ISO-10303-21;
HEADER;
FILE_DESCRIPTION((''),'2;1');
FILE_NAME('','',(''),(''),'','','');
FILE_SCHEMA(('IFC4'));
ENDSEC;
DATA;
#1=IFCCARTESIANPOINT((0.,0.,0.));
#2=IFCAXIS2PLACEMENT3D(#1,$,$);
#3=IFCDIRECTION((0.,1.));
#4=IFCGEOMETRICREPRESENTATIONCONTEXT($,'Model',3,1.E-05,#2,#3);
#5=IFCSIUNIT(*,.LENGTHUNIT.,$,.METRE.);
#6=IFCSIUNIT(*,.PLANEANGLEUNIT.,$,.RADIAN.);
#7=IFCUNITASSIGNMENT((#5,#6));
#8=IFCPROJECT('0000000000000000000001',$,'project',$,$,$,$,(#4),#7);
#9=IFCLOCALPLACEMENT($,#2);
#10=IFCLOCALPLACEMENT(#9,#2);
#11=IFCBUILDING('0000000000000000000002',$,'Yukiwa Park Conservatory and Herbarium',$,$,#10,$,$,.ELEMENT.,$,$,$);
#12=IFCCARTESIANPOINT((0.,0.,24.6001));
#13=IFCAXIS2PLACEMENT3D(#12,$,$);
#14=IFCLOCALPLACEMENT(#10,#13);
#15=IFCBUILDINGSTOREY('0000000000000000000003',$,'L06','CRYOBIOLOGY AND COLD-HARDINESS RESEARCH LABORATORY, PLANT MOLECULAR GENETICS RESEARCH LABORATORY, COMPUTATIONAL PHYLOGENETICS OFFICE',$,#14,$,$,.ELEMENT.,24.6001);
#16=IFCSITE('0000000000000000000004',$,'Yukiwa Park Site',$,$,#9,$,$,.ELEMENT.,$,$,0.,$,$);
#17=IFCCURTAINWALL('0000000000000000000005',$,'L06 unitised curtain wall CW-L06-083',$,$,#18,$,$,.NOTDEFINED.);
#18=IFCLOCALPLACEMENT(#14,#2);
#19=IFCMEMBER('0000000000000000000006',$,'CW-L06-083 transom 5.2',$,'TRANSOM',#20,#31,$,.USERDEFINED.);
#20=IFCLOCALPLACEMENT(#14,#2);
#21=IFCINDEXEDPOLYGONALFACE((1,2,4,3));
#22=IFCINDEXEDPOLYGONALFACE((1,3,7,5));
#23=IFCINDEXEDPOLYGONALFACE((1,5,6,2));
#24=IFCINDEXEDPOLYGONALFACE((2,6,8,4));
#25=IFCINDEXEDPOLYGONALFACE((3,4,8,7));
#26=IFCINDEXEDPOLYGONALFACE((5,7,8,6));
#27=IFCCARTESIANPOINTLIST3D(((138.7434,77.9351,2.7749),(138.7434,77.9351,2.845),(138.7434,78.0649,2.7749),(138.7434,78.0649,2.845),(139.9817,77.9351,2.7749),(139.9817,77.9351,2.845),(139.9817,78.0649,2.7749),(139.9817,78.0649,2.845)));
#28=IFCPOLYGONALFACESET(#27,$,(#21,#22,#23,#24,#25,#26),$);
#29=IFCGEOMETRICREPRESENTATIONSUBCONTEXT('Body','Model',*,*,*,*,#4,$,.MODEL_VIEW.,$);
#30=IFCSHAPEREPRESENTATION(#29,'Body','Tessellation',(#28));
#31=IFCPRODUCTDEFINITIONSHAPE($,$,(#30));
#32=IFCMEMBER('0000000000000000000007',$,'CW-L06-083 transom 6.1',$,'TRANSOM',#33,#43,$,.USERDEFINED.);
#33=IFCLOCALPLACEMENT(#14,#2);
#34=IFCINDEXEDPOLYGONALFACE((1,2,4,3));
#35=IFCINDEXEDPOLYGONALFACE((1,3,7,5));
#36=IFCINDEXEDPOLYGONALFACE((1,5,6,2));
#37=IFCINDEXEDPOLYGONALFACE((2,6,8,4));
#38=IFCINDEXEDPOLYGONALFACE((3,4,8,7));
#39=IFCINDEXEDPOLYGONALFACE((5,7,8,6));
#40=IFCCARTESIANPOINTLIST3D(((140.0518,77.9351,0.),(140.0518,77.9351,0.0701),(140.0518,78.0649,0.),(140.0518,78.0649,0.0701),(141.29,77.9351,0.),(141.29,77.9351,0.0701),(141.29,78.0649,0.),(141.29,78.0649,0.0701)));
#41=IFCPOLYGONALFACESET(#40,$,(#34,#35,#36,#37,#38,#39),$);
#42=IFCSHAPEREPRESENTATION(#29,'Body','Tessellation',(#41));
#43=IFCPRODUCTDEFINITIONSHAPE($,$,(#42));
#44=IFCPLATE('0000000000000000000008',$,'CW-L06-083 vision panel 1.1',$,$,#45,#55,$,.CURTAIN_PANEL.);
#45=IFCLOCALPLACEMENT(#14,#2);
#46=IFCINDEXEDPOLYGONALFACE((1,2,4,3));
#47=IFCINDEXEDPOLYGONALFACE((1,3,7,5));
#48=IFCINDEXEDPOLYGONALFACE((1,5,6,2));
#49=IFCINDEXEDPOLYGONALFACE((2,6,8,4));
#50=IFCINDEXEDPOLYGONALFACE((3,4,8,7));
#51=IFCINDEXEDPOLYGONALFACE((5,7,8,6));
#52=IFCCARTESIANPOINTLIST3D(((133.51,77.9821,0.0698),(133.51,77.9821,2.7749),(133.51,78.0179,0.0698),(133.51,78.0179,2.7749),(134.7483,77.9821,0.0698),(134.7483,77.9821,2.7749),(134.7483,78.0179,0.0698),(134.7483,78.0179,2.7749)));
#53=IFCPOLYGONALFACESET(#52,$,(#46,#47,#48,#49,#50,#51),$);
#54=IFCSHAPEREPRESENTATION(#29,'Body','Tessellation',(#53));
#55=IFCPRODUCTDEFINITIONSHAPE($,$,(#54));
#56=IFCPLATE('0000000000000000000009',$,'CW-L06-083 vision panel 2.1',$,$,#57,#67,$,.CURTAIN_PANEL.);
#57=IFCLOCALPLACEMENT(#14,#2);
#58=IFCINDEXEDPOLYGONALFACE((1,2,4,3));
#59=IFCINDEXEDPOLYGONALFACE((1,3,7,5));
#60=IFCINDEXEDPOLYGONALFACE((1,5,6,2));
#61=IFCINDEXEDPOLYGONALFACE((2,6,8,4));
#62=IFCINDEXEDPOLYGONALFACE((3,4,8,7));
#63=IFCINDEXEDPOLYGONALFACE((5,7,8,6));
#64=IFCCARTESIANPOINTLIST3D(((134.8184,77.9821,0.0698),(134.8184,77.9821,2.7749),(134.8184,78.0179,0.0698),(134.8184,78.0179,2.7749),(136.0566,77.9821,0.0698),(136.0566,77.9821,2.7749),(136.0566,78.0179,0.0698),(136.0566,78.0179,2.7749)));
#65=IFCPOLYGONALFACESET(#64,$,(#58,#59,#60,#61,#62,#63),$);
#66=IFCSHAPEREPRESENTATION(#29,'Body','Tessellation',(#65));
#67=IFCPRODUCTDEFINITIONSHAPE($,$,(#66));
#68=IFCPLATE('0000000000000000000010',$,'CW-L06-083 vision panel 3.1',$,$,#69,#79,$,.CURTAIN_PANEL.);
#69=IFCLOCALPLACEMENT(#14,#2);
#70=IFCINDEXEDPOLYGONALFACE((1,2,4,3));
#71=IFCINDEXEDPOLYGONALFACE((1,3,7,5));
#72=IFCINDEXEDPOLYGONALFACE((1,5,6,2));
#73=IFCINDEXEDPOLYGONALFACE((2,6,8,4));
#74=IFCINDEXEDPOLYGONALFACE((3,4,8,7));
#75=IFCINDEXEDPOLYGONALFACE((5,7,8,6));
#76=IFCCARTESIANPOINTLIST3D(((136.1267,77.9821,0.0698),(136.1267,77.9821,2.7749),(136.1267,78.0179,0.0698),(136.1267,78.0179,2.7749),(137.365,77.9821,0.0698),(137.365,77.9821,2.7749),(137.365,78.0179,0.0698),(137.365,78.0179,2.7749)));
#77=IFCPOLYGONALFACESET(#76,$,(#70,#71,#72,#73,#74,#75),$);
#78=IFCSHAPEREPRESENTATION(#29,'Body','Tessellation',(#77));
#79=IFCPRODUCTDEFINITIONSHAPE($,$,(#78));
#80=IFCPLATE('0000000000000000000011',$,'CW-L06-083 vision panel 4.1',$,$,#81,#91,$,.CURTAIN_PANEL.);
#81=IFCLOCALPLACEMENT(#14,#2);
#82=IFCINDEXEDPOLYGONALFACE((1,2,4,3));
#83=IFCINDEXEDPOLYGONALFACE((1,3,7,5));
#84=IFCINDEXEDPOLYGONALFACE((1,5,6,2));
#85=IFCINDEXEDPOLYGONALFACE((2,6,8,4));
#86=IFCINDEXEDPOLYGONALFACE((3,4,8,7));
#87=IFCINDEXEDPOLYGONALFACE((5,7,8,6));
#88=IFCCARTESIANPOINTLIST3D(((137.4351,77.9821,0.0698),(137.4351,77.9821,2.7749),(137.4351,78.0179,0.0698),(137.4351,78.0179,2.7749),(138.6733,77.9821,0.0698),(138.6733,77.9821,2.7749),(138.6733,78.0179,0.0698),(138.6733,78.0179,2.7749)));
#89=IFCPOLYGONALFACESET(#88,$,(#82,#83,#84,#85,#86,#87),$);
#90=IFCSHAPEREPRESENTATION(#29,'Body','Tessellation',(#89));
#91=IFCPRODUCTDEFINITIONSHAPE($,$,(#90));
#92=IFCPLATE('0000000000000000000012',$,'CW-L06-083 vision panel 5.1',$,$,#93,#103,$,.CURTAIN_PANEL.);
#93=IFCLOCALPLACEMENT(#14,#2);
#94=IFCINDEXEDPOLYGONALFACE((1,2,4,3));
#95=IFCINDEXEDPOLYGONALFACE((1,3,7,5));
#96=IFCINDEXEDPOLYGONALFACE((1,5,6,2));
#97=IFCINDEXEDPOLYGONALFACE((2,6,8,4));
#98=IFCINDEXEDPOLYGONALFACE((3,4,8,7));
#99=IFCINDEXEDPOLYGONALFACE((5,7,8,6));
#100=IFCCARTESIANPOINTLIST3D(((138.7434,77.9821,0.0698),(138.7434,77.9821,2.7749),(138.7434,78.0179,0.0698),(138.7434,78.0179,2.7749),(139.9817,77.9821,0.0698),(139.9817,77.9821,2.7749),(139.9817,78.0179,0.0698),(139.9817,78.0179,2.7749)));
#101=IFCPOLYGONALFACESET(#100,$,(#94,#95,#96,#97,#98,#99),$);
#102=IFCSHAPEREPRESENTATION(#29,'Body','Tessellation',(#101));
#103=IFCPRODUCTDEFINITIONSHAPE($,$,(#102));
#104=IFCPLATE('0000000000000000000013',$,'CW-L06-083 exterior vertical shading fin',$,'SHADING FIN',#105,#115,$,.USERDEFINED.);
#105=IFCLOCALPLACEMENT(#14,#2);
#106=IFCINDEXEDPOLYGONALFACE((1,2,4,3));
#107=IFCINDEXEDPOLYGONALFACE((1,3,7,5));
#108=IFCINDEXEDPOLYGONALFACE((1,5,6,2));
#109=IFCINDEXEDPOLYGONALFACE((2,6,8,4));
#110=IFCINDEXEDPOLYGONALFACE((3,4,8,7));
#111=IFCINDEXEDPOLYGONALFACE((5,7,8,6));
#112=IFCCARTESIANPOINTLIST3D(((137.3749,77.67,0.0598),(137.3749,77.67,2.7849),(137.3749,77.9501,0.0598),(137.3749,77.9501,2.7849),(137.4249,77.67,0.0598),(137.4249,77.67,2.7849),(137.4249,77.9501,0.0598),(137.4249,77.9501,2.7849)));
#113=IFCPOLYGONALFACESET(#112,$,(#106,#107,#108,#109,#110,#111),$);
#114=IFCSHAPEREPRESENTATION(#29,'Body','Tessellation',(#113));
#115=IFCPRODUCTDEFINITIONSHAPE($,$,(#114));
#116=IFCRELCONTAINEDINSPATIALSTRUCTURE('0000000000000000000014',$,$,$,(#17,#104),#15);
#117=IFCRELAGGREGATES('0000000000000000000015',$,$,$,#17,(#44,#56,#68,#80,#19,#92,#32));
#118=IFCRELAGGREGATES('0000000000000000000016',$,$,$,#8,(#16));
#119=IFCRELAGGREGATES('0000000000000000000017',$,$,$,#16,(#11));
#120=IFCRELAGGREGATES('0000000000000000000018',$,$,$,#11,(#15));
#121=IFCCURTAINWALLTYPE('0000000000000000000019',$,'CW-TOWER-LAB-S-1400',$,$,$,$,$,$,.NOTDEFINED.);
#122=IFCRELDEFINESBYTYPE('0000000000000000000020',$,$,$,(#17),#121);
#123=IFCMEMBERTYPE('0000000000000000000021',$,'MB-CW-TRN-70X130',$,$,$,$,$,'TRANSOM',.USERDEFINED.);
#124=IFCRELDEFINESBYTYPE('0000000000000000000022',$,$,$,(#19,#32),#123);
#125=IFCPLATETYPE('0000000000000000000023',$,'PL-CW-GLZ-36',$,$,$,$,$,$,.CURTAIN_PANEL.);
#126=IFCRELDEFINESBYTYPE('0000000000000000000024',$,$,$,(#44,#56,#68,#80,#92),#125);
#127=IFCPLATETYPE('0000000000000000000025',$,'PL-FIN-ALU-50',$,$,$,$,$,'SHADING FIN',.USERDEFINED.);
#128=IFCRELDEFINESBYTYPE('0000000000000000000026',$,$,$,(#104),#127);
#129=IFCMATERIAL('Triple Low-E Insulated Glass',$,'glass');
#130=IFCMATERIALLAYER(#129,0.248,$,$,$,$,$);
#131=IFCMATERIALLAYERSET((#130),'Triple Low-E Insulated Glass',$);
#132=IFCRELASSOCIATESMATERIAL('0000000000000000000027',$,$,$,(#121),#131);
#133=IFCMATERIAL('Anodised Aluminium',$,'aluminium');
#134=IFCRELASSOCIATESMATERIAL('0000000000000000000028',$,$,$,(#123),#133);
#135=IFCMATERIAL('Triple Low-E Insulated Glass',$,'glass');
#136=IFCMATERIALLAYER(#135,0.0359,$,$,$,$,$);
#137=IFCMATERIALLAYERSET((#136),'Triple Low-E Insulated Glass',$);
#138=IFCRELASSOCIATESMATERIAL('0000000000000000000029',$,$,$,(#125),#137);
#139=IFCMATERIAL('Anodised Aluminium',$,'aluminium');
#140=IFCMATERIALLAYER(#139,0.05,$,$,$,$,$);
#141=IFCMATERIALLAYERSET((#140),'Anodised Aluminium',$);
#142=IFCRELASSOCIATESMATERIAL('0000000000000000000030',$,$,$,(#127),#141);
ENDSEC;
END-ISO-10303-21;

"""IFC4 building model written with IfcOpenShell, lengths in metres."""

from ifc_helpers import new_model, si_unit, direction, frame, origin, origin_2d, place, context, subcontext, project, spatial, rectangle, extrude, material, layer, layer_set, type_object, element, aggregate, save


model = new_model("IFC4")

# Units and contexts
model_context = context("Model", 3, precision=1e-05, world=origin(), true_north=direction((0.0, 1.0)))
body_context = subcontext(model_context, "Body", "Model", "MODEL_VIEW")
ifc_project = project(units=[si_unit("LENGTHUNIT", "METRE"), si_unit("PLANEANGLEUNIT", "RADIAN")], contexts=[model_context])

# Site, building, storey
site_placement = place(None, origin())
site = spatial("IfcSite", under=ifc_project, at=site_placement, Name="Yukiwa Park Site", CompositionType="ELEMENT", RefElevation=0.0)
building_placement = place(site_placement, origin())
building = spatial("IfcBuilding", under=site, at=building_placement, Name="Yukiwa Park Conservatory and Herbarium", CompositionType="ELEMENT")
storey_placement = place(building_placement, frame((0.0, 0.0, 24.6001)))
storey = spatial("IfcBuildingStorey", under=building, at=storey_placement, Name="L06", Description="CRYOBIOLOGY AND COLD-HARDINESS RESEARCH LABORATORY, PLANT MOLECULAR GENETICS RESEARCH LABORATORY, COMPUTATIONAL PHYLOGENETICS OFFICE", CompositionType="ELEMENT", Elevation=24.6001)

# Curtain wall, members, plates
ifc_material_1 = material(Name="Triple Low-E Insulated Glass", Category="glass")
ifc_layer_1 = layer(ifc_material_1, 0.248)
ifc_layer_set_1 = layer_set([ifc_layer_1], Name="Triple Low-E Insulated Glass")
curtain_wall_type = type_object("IfcCurtainWallType", Name="CW-TOWER-LAB-S-1400", PredefinedType="NOTDEFINED", material=ifc_layer_set_1)
curtain_wall_placement = place(storey_placement, origin())
curtain_wall = element("IfcCurtainWall", 1, at=curtain_wall_placement, inside=storey, type_object=curtain_wall_type, Name="L06 unitised curtain wall CW-L06-083", PredefinedType="NOTDEFINED")
ifc_material_2 = material(Name="Anodised Aluminium", Category="aluminium")
member_type_1 = type_object("IfcMemberType", Name="MB-CW-TRN-70X130", ElementType="TRANSOM", PredefinedType="USERDEFINED", material=ifc_material_2)
member_1_placement = place(storey_placement, frame((139.3625, 78.0, 2.7749), z_axis=(0.0, 0.0, 1.0), x_axis=(1.0, 0.0, 0.0)))
member_1 = element("IfcMember", 2, at=member_1_placement, type_object=member_type_1, Name="CW-L06-083 transom 5.2", ObjectType="TRANSOM", PredefinedType="USERDEFINED", context=body_context, shape_type="SweptSolid", body=[
    extrude(rectangle(XDim=1.2383, YDim=0.1299, at=origin_2d()), origin(), (0.0, 0.0, 1.0), 0.0701),
])
member_2_placement = place(storey_placement, frame((140.6709, 78.0, 0.0), z_axis=(0.0, 0.0, 1.0), x_axis=(1.0, 0.0, 0.0)))
member_2 = element("IfcMember", 3, at=member_2_placement, type_object=member_type_1, Name="CW-L06-083 transom 6.1", ObjectType="TRANSOM", PredefinedType="USERDEFINED", context=body_context, shape_type="SweptSolid", body=[
    extrude(rectangle(XDim=1.2383, YDim=0.1299, at=origin_2d()), origin(), (0.0, 0.0, 1.0), 0.0701),
])
ifc_material_3 = material(Name="Triple Low-E Insulated Glass", Category="glass")
ifc_layer_2 = layer(ifc_material_3, 0.0359)
ifc_layer_set_2 = layer_set([ifc_layer_2], Name="Triple Low-E Insulated Glass")
plate_type_1 = type_object("IfcPlateType", Name="PL-CW-GLZ-36", PredefinedType="CURTAIN_PANEL", material=ifc_layer_set_2)
plate_1_placement = place(storey_placement, frame((134.1292, 78.0, 0.0698), z_axis=(0.0, 0.0, 1.0), x_axis=(1.0, 0.0, 0.0)))
plate_1 = element("IfcPlate", 4, at=plate_1_placement, type_object=plate_type_1, Name="CW-L06-083 vision panel 1.1", PredefinedType="CURTAIN_PANEL", context=body_context, shape_type="SweptSolid", body=[
    extrude(rectangle(XDim=1.2383, YDim=0.0359, at=origin_2d()), origin(), (0.0, 0.0, 1.0), 2.7051),
])
plate_2_placement = place(storey_placement, frame((135.4375, 78.0, 0.0698), z_axis=(0.0, 0.0, 1.0), x_axis=(1.0, 0.0, 0.0)))
plate_2 = element("IfcPlate", 5, at=plate_2_placement, type_object=plate_type_1, Name="CW-L06-083 vision panel 2.1", PredefinedType="CURTAIN_PANEL", context=body_context, shape_type="SweptSolid", body=[
    extrude(rectangle(XDim=1.2383, YDim=0.0359, at=origin_2d()), origin(), (0.0, 0.0, 1.0), 2.7051),
])
plate_3_placement = place(storey_placement, frame((136.7458, 78.0, 0.0698), z_axis=(0.0, 0.0, 1.0), x_axis=(1.0, 0.0, 0.0)))
plate_3 = element("IfcPlate", 6, at=plate_3_placement, type_object=plate_type_1, Name="CW-L06-083 vision panel 3.1", PredefinedType="CURTAIN_PANEL", context=body_context, shape_type="SweptSolid", body=[
    extrude(rectangle(XDim=1.2383, YDim=0.0359, at=origin_2d()), origin(), (0.0, 0.0, 1.0), 2.7051),
])
plate_4_placement = place(storey_placement, frame((138.0542, 78.0, 0.0698), z_axis=(0.0, 0.0, 1.0), x_axis=(1.0, 0.0, 0.0)))
plate_4 = element("IfcPlate", 7, at=plate_4_placement, type_object=plate_type_1, Name="CW-L06-083 vision panel 4.1", PredefinedType="CURTAIN_PANEL", context=body_context, shape_type="SweptSolid", body=[
    extrude(rectangle(XDim=1.2383, YDim=0.0359, at=origin_2d()), origin(), (0.0, 0.0, 1.0), 2.7051),
])
plate_5_placement = place(storey_placement, frame((139.3625, 78.0, 0.0698), z_axis=(0.0, 0.0, 1.0), x_axis=(1.0, 0.0, 0.0)))
plate_5 = element("IfcPlate", 8, at=plate_5_placement, type_object=plate_type_1, Name="CW-L06-083 vision panel 5.1", PredefinedType="CURTAIN_PANEL", context=body_context, shape_type="SweptSolid", body=[
    extrude(rectangle(XDim=1.2383, YDim=0.0359, at=origin_2d()), origin(), (0.0, 0.0, 1.0), 2.7051),
])
aggregate(curtain_wall, [plate_1, plate_2, plate_3, plate_4, member_1, plate_5, member_2])

# Plate
ifc_material_4 = material(Name="Anodised Aluminium", Category="aluminium")
ifc_layer_3 = layer(ifc_material_4, 0.05)
ifc_layer_set_3 = layer_set([ifc_layer_3], Name="Anodised Aluminium")
plate_type_2 = type_object("IfcPlateType", Name="PL-FIN-ALU-50", ElementType="SHADING FIN", PredefinedType="USERDEFINED", material=ifc_layer_set_3)
plate_6_placement = place(storey_placement, frame((137.3999, 77.8101, 0.0598), z_axis=(0.0, 0.0, 1.0), x_axis=(1.0, 0.0, 0.0)))
element("IfcPlate", 9, at=plate_6_placement, inside=storey, type_object=plate_type_2, Name="CW-L06-083 exterior vertical shading fin", ObjectType="SHADING FIN", PredefinedType="USERDEFINED", context=body_context, shape_type="SweptSolid", body=[
    extrude(rectangle(XDim=0.05, YDim=0.28, at=origin_2d()), origin(), (0.0, 0.0, 1.0), 2.7251),
])

save(model, "model.ifc")
